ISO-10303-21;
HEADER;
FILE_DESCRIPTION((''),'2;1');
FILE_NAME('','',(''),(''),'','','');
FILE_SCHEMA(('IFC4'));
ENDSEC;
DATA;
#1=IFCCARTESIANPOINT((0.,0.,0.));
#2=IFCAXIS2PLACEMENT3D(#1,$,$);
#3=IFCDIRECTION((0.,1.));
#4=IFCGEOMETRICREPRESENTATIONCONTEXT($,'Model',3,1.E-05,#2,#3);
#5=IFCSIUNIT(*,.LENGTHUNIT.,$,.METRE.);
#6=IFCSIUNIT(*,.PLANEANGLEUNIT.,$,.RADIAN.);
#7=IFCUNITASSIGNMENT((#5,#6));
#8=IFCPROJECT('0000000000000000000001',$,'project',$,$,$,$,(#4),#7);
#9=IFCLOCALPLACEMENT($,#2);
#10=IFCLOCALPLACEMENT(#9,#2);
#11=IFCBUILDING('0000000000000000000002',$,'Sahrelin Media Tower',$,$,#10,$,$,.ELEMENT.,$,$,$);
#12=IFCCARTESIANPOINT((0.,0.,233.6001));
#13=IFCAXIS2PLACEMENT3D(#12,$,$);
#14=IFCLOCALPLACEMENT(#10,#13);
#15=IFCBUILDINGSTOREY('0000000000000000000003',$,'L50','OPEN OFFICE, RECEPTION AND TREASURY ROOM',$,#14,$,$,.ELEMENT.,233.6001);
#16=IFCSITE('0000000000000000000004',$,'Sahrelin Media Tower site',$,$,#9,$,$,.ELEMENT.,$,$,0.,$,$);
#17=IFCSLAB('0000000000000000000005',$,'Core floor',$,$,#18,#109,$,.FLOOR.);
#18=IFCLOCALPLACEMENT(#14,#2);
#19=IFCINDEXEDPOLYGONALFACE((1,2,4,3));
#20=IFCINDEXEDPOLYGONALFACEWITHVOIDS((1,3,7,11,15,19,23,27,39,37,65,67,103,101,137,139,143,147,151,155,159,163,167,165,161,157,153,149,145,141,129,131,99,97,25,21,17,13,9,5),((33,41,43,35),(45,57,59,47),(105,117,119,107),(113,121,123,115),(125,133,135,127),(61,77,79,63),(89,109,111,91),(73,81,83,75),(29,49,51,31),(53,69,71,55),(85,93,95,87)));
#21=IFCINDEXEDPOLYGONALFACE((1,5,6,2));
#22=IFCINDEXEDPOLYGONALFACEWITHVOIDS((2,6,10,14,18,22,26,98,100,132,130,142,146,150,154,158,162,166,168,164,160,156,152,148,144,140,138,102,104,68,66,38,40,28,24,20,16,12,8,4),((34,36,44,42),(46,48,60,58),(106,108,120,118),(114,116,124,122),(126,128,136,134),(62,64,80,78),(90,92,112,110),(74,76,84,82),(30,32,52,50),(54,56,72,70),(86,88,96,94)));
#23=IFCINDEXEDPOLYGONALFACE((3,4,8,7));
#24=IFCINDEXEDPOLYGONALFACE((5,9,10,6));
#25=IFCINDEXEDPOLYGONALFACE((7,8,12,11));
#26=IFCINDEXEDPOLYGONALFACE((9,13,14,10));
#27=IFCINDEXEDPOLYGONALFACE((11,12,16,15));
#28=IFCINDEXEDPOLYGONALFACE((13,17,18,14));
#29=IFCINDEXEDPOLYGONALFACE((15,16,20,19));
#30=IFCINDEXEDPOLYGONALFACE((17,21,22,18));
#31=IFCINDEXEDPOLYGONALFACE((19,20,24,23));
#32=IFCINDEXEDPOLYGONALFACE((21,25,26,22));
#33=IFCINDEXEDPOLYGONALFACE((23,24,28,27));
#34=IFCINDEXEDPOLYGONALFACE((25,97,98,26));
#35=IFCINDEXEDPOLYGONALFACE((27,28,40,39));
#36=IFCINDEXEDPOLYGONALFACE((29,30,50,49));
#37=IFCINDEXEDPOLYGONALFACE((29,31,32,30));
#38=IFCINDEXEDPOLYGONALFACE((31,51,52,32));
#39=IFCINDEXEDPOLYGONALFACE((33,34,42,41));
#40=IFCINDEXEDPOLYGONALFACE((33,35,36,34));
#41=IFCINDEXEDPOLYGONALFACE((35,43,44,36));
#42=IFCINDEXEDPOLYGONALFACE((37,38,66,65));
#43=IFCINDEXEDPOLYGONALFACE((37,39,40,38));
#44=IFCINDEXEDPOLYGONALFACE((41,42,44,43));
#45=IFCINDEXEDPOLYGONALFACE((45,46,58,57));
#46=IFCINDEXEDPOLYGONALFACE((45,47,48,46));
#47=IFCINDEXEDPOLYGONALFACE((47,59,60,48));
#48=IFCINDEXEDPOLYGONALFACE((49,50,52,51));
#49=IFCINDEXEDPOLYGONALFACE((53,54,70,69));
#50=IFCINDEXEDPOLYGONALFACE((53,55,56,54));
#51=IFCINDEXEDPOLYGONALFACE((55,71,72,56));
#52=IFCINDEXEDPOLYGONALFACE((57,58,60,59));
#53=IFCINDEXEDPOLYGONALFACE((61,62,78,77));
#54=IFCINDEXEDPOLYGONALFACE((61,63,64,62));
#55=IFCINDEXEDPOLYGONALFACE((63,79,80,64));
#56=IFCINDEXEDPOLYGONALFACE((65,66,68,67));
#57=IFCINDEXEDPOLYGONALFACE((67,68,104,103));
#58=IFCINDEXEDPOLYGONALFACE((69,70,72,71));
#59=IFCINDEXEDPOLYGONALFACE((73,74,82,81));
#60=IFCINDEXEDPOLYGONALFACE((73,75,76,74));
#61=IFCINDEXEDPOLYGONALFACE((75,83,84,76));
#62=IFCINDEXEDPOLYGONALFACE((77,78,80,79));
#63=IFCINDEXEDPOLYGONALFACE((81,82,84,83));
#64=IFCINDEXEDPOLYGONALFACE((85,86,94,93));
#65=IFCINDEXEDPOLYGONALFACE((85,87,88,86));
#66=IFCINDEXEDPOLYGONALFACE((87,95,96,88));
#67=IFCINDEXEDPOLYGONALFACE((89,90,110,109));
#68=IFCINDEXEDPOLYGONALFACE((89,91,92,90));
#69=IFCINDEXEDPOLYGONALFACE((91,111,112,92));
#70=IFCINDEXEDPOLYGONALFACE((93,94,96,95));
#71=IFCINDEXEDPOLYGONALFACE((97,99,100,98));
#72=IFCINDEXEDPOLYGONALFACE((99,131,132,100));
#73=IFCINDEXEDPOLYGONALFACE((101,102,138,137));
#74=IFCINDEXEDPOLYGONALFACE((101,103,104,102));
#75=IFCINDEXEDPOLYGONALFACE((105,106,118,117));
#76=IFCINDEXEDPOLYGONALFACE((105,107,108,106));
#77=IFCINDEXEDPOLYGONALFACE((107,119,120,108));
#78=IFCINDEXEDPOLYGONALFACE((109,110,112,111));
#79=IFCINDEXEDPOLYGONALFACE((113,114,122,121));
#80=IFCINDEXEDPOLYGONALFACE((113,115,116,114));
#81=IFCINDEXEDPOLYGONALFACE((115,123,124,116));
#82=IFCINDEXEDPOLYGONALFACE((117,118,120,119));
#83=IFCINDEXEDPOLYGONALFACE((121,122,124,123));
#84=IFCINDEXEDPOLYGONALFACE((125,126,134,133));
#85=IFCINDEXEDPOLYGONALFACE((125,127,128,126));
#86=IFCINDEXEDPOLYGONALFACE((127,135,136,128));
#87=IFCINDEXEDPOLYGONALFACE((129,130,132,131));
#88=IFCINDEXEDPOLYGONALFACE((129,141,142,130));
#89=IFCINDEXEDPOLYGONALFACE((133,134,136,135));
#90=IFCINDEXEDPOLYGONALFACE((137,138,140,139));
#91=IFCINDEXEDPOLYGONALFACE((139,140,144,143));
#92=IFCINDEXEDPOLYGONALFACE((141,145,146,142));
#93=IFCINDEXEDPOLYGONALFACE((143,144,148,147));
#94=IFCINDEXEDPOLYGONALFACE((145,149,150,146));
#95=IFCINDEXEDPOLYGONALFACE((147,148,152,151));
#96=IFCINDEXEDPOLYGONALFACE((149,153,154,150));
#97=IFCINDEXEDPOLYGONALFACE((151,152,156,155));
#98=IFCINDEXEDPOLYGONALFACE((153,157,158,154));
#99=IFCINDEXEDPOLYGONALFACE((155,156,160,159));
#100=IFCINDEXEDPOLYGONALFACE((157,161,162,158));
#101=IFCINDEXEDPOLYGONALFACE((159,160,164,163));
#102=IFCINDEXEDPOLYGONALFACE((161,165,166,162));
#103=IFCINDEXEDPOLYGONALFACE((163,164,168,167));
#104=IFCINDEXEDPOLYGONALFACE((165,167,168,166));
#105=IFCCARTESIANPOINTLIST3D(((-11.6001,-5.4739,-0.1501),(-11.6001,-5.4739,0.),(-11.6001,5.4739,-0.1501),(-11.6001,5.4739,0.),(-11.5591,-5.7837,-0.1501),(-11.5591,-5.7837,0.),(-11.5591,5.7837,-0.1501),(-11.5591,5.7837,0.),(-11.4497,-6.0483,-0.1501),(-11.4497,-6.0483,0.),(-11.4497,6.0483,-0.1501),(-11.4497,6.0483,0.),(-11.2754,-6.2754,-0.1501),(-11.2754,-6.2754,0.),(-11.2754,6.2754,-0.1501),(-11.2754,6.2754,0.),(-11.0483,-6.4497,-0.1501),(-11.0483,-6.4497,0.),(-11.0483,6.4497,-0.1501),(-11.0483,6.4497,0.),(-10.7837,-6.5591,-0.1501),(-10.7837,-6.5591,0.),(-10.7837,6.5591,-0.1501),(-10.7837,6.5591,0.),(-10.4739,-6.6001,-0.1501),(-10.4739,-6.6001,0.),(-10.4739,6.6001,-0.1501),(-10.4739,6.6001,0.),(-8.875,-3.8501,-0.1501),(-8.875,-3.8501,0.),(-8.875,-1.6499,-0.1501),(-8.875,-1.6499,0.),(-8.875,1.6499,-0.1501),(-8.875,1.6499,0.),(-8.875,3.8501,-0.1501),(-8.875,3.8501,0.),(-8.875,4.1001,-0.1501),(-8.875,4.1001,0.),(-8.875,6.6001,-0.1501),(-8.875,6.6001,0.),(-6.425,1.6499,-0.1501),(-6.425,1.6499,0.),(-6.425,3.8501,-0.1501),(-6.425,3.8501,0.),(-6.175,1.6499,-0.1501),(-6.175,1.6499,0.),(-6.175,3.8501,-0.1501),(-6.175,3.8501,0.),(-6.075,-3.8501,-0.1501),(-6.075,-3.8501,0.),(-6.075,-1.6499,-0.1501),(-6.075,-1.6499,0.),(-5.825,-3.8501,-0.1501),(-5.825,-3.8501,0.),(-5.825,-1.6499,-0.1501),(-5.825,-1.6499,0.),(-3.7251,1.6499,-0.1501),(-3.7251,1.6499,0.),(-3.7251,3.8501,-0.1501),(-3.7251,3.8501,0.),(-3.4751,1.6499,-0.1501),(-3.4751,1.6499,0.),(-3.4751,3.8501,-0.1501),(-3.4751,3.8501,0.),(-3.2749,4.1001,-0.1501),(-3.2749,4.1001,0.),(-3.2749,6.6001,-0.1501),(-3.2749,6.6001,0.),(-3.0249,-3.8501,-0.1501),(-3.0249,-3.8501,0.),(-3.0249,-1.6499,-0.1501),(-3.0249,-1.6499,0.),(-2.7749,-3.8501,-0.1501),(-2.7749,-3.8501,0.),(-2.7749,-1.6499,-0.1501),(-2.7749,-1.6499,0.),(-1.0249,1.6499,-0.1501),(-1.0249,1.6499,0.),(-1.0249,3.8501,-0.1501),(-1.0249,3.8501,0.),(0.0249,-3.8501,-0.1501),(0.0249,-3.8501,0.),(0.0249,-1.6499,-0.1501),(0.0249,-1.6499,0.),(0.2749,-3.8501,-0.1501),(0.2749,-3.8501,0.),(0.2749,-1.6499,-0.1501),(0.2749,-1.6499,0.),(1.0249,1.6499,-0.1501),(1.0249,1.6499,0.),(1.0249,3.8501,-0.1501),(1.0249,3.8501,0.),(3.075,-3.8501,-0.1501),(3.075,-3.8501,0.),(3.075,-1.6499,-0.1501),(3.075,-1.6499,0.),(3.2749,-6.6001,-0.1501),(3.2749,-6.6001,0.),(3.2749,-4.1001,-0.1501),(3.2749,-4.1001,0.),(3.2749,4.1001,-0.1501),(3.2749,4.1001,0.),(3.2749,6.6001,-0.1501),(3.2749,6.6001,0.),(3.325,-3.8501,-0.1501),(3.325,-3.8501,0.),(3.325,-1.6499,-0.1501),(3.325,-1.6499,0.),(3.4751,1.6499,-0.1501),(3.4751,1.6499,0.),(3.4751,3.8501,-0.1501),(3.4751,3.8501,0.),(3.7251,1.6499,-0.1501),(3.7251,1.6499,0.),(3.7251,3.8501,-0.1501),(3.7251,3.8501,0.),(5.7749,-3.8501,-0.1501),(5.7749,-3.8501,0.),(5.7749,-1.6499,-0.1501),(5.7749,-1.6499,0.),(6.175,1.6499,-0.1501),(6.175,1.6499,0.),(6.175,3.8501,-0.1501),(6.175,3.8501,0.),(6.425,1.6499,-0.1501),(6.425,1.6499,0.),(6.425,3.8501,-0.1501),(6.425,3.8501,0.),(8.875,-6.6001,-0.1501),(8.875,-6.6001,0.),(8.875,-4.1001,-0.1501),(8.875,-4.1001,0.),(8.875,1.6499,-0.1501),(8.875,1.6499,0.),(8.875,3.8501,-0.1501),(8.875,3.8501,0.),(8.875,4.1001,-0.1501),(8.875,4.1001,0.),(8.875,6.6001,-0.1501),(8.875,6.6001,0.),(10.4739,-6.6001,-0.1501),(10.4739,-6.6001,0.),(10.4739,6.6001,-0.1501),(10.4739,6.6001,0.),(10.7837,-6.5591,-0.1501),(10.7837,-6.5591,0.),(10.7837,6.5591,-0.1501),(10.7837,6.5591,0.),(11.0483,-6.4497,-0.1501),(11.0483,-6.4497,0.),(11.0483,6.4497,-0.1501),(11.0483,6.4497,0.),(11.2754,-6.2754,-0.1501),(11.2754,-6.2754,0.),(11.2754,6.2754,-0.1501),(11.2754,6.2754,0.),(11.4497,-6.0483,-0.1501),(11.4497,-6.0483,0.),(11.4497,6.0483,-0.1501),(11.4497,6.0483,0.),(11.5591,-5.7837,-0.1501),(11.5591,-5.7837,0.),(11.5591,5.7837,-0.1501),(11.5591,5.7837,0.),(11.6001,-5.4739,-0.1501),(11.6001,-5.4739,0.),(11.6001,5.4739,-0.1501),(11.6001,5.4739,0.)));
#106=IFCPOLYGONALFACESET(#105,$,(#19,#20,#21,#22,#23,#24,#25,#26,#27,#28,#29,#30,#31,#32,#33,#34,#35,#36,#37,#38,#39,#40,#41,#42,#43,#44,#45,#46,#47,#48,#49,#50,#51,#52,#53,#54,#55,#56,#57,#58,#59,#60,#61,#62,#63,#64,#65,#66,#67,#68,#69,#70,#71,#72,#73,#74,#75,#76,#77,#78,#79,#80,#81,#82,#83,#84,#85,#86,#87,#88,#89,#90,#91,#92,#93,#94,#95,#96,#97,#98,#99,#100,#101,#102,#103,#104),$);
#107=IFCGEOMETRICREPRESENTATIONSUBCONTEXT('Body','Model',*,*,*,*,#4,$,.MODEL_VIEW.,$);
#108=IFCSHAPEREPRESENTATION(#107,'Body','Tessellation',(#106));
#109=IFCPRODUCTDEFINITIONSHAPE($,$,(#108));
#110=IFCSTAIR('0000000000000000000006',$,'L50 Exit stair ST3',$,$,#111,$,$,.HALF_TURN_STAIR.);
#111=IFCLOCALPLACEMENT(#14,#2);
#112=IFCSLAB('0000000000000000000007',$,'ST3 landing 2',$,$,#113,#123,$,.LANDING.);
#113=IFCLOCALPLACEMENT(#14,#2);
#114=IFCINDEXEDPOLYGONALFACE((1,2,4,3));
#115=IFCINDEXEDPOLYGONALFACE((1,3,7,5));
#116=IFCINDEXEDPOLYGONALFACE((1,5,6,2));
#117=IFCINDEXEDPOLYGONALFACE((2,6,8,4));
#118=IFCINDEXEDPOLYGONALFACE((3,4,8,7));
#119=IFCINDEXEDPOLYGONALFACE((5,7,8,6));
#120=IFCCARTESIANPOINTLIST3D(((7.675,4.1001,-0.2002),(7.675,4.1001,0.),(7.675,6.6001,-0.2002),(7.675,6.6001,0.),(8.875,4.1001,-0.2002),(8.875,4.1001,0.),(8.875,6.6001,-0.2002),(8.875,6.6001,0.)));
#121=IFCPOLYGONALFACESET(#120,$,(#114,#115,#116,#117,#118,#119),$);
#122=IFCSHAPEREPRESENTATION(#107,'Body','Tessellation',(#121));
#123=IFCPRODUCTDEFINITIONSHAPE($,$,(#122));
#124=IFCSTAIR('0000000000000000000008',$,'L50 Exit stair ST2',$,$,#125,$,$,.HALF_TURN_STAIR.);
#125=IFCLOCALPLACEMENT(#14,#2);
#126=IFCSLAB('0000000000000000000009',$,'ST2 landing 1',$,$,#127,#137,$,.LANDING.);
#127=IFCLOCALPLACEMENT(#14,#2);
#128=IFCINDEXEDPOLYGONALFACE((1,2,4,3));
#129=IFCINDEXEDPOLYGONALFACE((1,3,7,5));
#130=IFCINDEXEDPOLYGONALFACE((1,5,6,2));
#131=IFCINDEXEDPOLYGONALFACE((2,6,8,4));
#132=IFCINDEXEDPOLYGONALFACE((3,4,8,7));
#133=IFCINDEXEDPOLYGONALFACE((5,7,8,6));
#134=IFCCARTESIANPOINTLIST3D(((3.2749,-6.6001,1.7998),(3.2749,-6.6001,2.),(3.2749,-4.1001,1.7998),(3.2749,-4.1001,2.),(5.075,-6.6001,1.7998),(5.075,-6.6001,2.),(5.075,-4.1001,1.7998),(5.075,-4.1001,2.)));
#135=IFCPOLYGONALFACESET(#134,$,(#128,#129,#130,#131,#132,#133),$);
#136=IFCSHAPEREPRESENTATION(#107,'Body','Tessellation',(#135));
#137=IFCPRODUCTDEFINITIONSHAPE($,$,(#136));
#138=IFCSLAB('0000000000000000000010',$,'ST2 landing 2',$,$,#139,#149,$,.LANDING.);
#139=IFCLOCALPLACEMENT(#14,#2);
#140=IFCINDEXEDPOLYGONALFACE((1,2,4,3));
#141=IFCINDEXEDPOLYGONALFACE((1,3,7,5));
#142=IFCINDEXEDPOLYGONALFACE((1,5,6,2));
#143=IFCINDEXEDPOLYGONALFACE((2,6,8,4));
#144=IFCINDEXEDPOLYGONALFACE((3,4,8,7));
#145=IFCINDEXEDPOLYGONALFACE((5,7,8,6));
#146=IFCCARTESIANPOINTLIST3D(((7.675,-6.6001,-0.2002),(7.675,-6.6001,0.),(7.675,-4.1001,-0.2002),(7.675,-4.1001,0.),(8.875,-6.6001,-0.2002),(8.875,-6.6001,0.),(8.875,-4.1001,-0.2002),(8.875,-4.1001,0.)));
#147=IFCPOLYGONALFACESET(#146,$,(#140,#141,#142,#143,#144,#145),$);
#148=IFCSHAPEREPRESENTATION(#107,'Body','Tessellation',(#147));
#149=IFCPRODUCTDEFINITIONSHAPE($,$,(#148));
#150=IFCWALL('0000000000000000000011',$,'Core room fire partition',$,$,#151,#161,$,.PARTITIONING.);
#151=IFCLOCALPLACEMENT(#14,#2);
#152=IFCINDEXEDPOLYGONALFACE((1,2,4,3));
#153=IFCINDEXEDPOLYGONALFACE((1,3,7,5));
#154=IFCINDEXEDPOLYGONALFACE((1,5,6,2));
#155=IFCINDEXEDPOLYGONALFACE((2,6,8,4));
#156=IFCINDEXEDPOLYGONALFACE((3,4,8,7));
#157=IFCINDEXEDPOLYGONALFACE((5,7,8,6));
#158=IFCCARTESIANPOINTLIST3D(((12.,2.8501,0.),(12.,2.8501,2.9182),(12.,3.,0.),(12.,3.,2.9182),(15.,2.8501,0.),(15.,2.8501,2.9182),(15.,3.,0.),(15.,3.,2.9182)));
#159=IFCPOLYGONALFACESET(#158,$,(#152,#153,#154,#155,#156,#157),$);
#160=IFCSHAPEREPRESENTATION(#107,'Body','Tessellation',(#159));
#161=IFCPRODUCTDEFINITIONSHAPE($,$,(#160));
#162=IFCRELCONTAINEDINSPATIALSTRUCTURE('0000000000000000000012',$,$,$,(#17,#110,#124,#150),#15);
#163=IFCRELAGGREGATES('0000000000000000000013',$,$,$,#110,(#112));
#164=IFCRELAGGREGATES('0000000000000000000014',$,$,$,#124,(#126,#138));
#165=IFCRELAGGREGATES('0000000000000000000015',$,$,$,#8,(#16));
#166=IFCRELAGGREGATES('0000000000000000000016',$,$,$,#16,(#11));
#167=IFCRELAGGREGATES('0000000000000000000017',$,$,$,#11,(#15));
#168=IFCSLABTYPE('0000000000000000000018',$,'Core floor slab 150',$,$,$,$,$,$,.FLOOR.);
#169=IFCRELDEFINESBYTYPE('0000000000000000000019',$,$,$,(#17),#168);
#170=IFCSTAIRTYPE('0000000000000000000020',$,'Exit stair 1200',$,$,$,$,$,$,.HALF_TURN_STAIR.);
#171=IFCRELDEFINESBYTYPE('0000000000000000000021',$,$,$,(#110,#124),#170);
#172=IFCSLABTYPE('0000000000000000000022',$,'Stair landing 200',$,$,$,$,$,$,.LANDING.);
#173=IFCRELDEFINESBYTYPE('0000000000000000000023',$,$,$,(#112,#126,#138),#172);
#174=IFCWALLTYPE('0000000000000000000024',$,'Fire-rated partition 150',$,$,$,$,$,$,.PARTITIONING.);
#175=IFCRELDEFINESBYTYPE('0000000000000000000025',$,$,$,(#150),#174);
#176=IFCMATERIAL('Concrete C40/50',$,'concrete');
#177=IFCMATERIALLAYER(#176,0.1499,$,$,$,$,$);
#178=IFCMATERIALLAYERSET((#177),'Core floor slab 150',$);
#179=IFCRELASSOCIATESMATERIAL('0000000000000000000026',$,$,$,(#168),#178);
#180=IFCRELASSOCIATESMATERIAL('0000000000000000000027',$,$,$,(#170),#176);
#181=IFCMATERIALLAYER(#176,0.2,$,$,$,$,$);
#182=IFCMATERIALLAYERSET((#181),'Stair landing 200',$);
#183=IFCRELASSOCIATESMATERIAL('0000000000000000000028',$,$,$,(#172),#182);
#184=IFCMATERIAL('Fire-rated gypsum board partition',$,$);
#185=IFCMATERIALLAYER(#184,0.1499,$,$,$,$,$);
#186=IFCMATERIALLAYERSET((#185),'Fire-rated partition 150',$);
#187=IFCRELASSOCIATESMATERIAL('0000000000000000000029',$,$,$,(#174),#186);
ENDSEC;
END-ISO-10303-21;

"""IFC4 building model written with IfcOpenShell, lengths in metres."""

from ifc_helpers import new_model, si_unit, direction, frame, frame_2d, origin, place, context, subcontext, project, spatial, polyline, rectangle, outline, extrude, material, layer, layer_set, type_object, element, aggregate, save


model = new_model("IFC4")

# Units and contexts
model_context = context("Model", 3, precision=1e-05, world=origin(), true_north=direction((0.0, 1.0)))
body_context = subcontext(model_context, "Body", "Model", "MODEL_VIEW")
ifc_project = project(units=[si_unit("LENGTHUNIT", "METRE"), si_unit("PLANEANGLEUNIT", "RADIAN")], contexts=[model_context])

# Site, building, storey
site_placement = place(None, origin())
site = spatial("IfcSite", under=ifc_project, at=site_placement, Name="Sahrelin Media Tower site", CompositionType="ELEMENT", RefElevation=0.0)
building_placement = place(site_placement, origin())
building = spatial("IfcBuilding", under=site, at=building_placement, Name="Sahrelin Media Tower", CompositionType="ELEMENT")
storey_placement = place(building_placement, frame((0.0, 0.0, 233.6001)))
storey = spatial("IfcBuildingStorey", under=building, at=storey_placement, Name="L50", Description="OPEN OFFICE, RECEPTION AND TREASURY ROOM", CompositionType="ELEMENT", Elevation=233.6001)

# Slab
ifc_material_1 = material(Name="Concrete C40/50", Category="concrete")
ifc_layer_1 = layer(ifc_material_1, 0.1499)
ifc_layer_set_1 = layer_set([ifc_layer_1], Name="Core floor slab 150")
slab_type_1 = type_object("IfcSlabType", Name="Core floor slab 150", PredefinedType="FLOOR", material=ifc_layer_set_1)
slab_1_placement = place(storey_placement, frame((0.0, 0.0, -0.1501)))
element("IfcSlab", 1, at=slab_1_placement, inside=storey, type_object=slab_type_1, Name="Core floor", PredefinedType="FLOOR", context=body_context, shape_type="SweptSolid", body=[
    extrude(outline(polyline([(-11.6001, -5.4739), (-11.5591, -5.7837), (-11.4497, -6.0483), (-11.2754, -6.2754), (-11.0483, -6.4497), (-10.7837, -6.5591), (-10.4739, -6.6001), (3.2749, -6.6001), (3.2749, -4.1001), (8.875, -4.1001), (8.875, -6.6001), (10.4739, -6.6001), (10.7837, -6.5591), (11.0483, -6.4497), (11.2754, -6.2754), (11.4497, -6.0483), (11.5591, -5.7837), (11.6001, -5.4739), (11.6001, 5.4739), (11.5591, 5.7837), (11.4497, 6.0483), (11.2754, 6.2754), (11.0483, 6.4497), (10.7837, 6.5591), (10.4739, 6.6001), (8.875, 6.6001), (8.875, 4.1001), (3.2749, 4.1001), (3.2749, 6.6001), (-3.2749, 6.6001), (-3.2749, 4.1001), (-8.875, 4.1001), (-8.875, 6.6001), (-10.4739, 6.6001), (-10.7837, 6.5591), (-11.0483, 6.4497), (-11.2754, 6.2754), (-11.4497, 6.0483), (-11.5591, 5.7837), (-11.6001, 5.4739), (-11.6001, -5.4739)]), holes=[polyline([(-8.875, 3.8501), (-8.875, 1.6499), (-6.425, 1.6499), (-6.425, 3.8501), (-8.875, 3.8501)]), polyline([(-3.7251, 3.8501), (-6.175, 3.8501), (-6.175, 1.6499), (-3.7251, 1.6499), (-3.7251, 3.8501)]), polyline([(-1.0249, 1.6499), (-1.0249, 3.8501), (-3.4751, 3.8501), (-3.4751, 1.6499), (-1.0249, 1.6499)]), polyline([(1.0249, 1.6499), (3.4751, 1.6499), (3.4751, 3.8501), (1.0249, 3.8501), (1.0249, 1.6499)]), polyline([(3.7251, 3.8501), (3.7251, 1.6499), (6.175, 1.6499), (6.175, 3.8501), (3.7251, 3.8501)]), polyline([(8.875, 3.8501), (6.425, 3.8501), (6.425, 1.6499), (8.875, 1.6499), (8.875, 3.8501)]), polyline([(-6.075, -3.8501), (-6.075, -1.6499), (-8.875, -1.6499), (-8.875, -3.8501), (-6.075, -3.8501)]), polyline([(-5.825, -3.8501), (-3.0249, -3.8501), (-3.0249, -1.6499), (-5.825, -1.6499), (-5.825, -3.8501)]), polyline([(-2.7749, -1.6499), (-2.7749, -3.8501), (0.0249, -3.8501), (0.0249, -1.6499), (-2.7749, -1.6499)]), polyline([(3.075, -1.6499), (0.2749, -1.6499), (0.2749, -3.8501), (3.075, -3.8501), (3.075, -1.6499)]), polyline([(5.7749, -3.8501), (5.7749, -1.6499), (3.325, -1.6499), (3.325, -3.8501), (5.7749, -3.8501)])]), origin(), (0.0, 0.0, 1.0), 0.1501),
])

# Stair, slab
stair_type = type_object("IfcStairType", Name="Exit stair 1200", PredefinedType="HALF_TURN_STAIR", material=ifc_material_1)
placement_1 = place(storey_placement, origin())
stair_1 = element("IfcStair", 2, at=placement_1, inside=storey, type_object=stair_type, Name="L50 Exit stair ST3", PredefinedType="HALF_TURN_STAIR")
ifc_layer_2 = layer(ifc_material_1, 0.2)
ifc_layer_set_2 = layer_set([ifc_layer_2], Name="Stair landing 200")
slab_type_2 = type_object("IfcSlabType", Name="Stair landing 200", PredefinedType="LANDING", material=ifc_layer_set_2)
placement_2 = place(storey_placement, frame((0.0, 0.0, -0.2002)))
slab_2 = element("IfcSlab", 3, at=placement_2, type_object=slab_type_2, Name="ST3 landing 2", PredefinedType="LANDING", context=body_context, shape_type="SweptSolid", body=[
    extrude(outline(polyline([(8.875, 6.6001), (7.675, 6.6001), (7.675, 4.1001), (8.875, 4.1001), (8.875, 6.6001)])), origin(), (0.0, 0.0, 1.0), 0.2002),
])
aggregate(stair_1, [slab_2])

# Stair, slabs
stair_2 = element("IfcStair", 4, at=placement_1, inside=storey, type_object=stair_type, Name="L50 Exit stair ST2", PredefinedType="HALF_TURN_STAIR")
slab_3_placement = place(storey_placement, frame((0.0, 0.0, 1.7998)))
slab_3 = element("IfcSlab", 5, at=slab_3_placement, type_object=slab_type_2, Name="ST2 landing 1", PredefinedType="LANDING", context=body_context, shape_type="SweptSolid", body=[
    extrude(outline(polyline([(5.075, -4.1001), (3.2749, -4.1001), (3.2749, -6.6001), (5.075, -6.6001), (5.075, -4.1001)])), origin(), (0.0, 0.0, 1.0), 0.2002),
])
slab_4 = element("IfcSlab", 6, at=placement_2, type_object=slab_type_2, Name="ST2 landing 2", PredefinedType="LANDING", context=body_context, shape_type="SweptSolid", body=[
    extrude(outline(polyline([(8.875, -4.1001), (7.675, -4.1001), (7.675, -6.6001), (8.875, -6.6001), (8.875, -4.1001)])), origin(), (0.0, 0.0, 1.0), 0.2002),
])
aggregate(stair_2, [slab_3, slab_4])

# Wall
ifc_material_2 = material(Name="Fire-rated gypsum board partition")
ifc_layer_3 = layer(ifc_material_2, 0.1499)
ifc_layer_set_3 = layer_set([ifc_layer_3], Name="Fire-rated partition 150")
wall_type_1 = type_object("IfcWallType", Name="Fire-rated partition 150", PredefinedType="PARTITIONING", material=ifc_layer_set_3)
wall_1_placement = place(storey_placement, frame((12.0, 2.925, 0.0), z_axis=(0.0, 0.0, 1.0), x_axis=(1.0, 0.0, 0.0)))
element("IfcWall", 7, at=wall_1_placement, inside=storey, type_object=wall_type_1, Name="Core room fire partition", PredefinedType="PARTITIONING", context=body_context, shape_type="SweptSolid", body=[
    extrude(rectangle(XDim=3.0, YDim=0.1499, at=frame_2d((1.5, 0.0))), origin(), (0.0, 0.0, 1.0), 2.9182),
])

save(model, "model.ifc")
